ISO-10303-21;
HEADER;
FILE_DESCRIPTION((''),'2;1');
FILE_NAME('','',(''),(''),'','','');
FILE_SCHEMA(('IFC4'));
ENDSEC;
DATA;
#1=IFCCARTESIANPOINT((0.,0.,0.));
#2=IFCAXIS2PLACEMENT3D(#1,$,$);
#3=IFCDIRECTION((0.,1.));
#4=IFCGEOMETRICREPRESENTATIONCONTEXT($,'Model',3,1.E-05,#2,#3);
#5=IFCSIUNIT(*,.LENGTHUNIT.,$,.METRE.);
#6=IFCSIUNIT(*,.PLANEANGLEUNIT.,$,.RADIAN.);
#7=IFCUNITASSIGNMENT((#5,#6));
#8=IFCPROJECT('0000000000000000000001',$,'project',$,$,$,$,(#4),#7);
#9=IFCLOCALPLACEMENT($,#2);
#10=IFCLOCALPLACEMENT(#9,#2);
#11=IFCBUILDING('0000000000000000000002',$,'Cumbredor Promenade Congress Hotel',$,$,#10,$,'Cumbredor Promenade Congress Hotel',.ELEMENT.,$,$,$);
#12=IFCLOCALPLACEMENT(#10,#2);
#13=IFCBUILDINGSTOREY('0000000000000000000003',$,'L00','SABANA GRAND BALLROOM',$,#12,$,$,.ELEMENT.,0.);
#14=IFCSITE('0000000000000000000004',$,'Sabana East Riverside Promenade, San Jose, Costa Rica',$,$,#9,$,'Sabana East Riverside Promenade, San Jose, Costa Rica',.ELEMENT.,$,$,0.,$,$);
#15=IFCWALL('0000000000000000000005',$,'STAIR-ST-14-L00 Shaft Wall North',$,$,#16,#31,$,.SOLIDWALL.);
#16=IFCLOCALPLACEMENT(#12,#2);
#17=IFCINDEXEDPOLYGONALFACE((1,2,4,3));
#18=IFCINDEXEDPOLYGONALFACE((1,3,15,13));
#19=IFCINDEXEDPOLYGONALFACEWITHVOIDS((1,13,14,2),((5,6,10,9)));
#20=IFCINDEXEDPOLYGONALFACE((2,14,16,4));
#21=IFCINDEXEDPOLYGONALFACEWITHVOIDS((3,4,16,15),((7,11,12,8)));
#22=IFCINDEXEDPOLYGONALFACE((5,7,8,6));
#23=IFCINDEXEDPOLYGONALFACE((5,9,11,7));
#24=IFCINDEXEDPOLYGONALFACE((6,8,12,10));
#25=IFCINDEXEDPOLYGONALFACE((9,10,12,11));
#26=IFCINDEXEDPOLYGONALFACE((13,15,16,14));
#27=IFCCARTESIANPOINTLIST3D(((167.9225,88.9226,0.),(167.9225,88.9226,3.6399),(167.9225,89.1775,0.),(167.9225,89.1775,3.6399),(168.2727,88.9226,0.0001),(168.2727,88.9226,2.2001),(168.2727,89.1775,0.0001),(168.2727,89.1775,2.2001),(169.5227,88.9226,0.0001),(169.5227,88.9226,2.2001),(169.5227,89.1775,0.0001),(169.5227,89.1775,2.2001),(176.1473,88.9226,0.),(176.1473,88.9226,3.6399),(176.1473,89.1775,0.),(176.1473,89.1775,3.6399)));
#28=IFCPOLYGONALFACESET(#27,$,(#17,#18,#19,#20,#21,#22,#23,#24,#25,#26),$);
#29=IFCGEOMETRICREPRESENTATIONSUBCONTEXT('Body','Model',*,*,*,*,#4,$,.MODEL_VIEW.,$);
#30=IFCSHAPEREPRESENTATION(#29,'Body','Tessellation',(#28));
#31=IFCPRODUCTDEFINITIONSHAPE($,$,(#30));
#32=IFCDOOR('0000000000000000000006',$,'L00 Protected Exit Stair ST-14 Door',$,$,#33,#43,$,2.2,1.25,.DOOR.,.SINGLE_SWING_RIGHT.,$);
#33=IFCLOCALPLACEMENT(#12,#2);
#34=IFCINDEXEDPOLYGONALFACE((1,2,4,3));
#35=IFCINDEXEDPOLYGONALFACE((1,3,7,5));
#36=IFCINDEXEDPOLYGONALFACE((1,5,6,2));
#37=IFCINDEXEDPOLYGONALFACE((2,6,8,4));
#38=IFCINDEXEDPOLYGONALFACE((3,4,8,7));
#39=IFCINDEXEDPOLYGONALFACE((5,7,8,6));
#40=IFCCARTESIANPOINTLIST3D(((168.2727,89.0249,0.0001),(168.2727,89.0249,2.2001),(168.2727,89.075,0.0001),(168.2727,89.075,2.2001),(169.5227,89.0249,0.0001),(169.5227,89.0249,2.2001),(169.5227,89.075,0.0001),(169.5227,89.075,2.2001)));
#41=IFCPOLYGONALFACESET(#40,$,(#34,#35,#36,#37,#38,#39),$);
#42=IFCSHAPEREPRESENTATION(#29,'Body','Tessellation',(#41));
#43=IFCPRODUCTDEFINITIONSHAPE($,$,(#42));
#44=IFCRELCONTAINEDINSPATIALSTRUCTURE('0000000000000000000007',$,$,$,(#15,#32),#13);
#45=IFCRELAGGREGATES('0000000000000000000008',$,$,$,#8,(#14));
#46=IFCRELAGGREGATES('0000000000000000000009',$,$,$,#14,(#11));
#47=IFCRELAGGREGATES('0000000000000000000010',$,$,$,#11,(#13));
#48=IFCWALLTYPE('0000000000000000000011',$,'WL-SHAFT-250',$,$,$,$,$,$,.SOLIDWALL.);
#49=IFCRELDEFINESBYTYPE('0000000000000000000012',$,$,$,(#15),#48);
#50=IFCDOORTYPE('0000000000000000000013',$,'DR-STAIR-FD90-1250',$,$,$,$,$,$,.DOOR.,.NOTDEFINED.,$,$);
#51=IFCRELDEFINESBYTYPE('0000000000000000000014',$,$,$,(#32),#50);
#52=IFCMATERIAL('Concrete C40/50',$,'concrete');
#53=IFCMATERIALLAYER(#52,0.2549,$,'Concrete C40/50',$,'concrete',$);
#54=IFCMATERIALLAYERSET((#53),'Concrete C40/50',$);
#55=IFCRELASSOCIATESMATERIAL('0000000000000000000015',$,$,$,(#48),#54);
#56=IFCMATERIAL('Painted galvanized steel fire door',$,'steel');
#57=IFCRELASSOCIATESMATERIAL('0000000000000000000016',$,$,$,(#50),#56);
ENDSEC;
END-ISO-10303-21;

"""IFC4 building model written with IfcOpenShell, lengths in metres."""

from ifc_helpers import new_model, si_unit, direction, frame, frame_2d, origin, place, context, subcontext, project, spatial, rectangle, extrude, material, layer, layer_set, type_object, element, fill, save


model = new_model("IFC4")

# Units and contexts
model_context = context("Model", 3, precision=1e-05, world=origin(), true_north=direction((0.0, 1.0)))
body_context = subcontext(model_context, "Body", "Model", "MODEL_VIEW")
ifc_project = project(units=[si_unit("LENGTHUNIT", "METRE"), si_unit("PLANEANGLEUNIT", "RADIAN")], contexts=[model_context])

# Site, building, storey
site_placement = place(None, origin())
site = spatial("IfcSite", under=ifc_project, at=site_placement, Name="Sabana East Riverside Promenade, San Jose, Costa Rica", LongName="Sabana East Riverside Promenade, San Jose, Costa Rica", CompositionType="ELEMENT", RefElevation=0.0)
building_placement = place(site_placement, origin())
building = spatial("IfcBuilding", under=site, at=building_placement, Name="Cumbredor Promenade Congress Hotel", LongName="Cumbredor Promenade Congress Hotel", CompositionType="ELEMENT")
storey_placement = place(building_placement, origin())
storey = spatial("IfcBuildingStorey", under=building, at=storey_placement, Name="L00", Description="SABANA GRAND BALLROOM", CompositionType="ELEMENT", Elevation=0.0)

# Shared definitions
ifc_material_1 = material(Name="Concrete C40/50", Category="concrete")

# Wall, opening, door
ifc_layer = layer(ifc_material_1, 0.2549, Name="Concrete C40/50", Category="concrete")
ifc_layer_set = layer_set([ifc_layer], Name="Concrete C40/50")
wall_type = type_object("IfcWallType", Name="WL-SHAFT-250", PredefinedType="SOLIDWALL", material=ifc_layer_set)
wall_placement = place(storey_placement, frame((167.9226, 89.05, 0.0), z_axis=(0.0, 0.0, 1.0), x_axis=(1.0, 0.0, 0.0)))
wall = element("IfcWall", 1, at=wall_placement, inside=storey, type_object=wall_type, Name="STAIR-ST-14-L00 Shaft Wall North", PredefinedType="SOLIDWALL", context=body_context, shape_type="SweptSolid", body=[
    extrude(rectangle(XDim=8.2249, YDim=0.2549, at=frame_2d((4.1123, 0.0))), origin(), (0.0, 0.0, 1.0), 3.6399),
])
opening_placement = place(wall_placement, frame((0.3501, 0.0, 0.0)))
opening = element("IfcOpeningElement", 2, at=opening_placement, cuts=wall, PredefinedType="OPENING", context=body_context, shape_type="SweptSolid", body=[
    extrude(rectangle(XDim=1.25, YDim=2.2, at=frame_2d((0.625, 1.1001))), frame((0.0, 0.1375, 0.0), z_axis=(0.0, -1.0, 0.0), x_axis=(1.0, 0.0, 0.0)), (0.0, 0.0, 1.0), 0.2749),
])
ifc_material_2 = material(Name="Painted galvanized steel fire door", Category="steel")
door_type = type_object("IfcDoorType", Name="DR-STAIR-FD90-1250", OperationType="NOTDEFINED", PredefinedType="DOOR", material=ifc_material_2)
door_placement = place(opening_placement, origin())
door = element("IfcDoor", 3, at=door_placement, inside=storey, type_object=door_type, Name="L00 Protected Exit Stair ST-14 Door", OperationType="SINGLE_SWING_RIGHT", OverallHeight=2.2, OverallWidth=1.25, PredefinedType="DOOR", context=body_context, shape_type="SweptSolid", body=[
    extrude(rectangle(XDim=1.25, YDim=2.2, at=frame_2d((0.625, 1.1001))), frame((0.0, 0.0249, 0.0), z_axis=(0.0, -1.0, 0.0), x_axis=(1.0, 0.0, 0.0)), (0.0, 0.0, 1.0), 0.05),
])
fill(opening, door)

save(model, "model.ifc")
